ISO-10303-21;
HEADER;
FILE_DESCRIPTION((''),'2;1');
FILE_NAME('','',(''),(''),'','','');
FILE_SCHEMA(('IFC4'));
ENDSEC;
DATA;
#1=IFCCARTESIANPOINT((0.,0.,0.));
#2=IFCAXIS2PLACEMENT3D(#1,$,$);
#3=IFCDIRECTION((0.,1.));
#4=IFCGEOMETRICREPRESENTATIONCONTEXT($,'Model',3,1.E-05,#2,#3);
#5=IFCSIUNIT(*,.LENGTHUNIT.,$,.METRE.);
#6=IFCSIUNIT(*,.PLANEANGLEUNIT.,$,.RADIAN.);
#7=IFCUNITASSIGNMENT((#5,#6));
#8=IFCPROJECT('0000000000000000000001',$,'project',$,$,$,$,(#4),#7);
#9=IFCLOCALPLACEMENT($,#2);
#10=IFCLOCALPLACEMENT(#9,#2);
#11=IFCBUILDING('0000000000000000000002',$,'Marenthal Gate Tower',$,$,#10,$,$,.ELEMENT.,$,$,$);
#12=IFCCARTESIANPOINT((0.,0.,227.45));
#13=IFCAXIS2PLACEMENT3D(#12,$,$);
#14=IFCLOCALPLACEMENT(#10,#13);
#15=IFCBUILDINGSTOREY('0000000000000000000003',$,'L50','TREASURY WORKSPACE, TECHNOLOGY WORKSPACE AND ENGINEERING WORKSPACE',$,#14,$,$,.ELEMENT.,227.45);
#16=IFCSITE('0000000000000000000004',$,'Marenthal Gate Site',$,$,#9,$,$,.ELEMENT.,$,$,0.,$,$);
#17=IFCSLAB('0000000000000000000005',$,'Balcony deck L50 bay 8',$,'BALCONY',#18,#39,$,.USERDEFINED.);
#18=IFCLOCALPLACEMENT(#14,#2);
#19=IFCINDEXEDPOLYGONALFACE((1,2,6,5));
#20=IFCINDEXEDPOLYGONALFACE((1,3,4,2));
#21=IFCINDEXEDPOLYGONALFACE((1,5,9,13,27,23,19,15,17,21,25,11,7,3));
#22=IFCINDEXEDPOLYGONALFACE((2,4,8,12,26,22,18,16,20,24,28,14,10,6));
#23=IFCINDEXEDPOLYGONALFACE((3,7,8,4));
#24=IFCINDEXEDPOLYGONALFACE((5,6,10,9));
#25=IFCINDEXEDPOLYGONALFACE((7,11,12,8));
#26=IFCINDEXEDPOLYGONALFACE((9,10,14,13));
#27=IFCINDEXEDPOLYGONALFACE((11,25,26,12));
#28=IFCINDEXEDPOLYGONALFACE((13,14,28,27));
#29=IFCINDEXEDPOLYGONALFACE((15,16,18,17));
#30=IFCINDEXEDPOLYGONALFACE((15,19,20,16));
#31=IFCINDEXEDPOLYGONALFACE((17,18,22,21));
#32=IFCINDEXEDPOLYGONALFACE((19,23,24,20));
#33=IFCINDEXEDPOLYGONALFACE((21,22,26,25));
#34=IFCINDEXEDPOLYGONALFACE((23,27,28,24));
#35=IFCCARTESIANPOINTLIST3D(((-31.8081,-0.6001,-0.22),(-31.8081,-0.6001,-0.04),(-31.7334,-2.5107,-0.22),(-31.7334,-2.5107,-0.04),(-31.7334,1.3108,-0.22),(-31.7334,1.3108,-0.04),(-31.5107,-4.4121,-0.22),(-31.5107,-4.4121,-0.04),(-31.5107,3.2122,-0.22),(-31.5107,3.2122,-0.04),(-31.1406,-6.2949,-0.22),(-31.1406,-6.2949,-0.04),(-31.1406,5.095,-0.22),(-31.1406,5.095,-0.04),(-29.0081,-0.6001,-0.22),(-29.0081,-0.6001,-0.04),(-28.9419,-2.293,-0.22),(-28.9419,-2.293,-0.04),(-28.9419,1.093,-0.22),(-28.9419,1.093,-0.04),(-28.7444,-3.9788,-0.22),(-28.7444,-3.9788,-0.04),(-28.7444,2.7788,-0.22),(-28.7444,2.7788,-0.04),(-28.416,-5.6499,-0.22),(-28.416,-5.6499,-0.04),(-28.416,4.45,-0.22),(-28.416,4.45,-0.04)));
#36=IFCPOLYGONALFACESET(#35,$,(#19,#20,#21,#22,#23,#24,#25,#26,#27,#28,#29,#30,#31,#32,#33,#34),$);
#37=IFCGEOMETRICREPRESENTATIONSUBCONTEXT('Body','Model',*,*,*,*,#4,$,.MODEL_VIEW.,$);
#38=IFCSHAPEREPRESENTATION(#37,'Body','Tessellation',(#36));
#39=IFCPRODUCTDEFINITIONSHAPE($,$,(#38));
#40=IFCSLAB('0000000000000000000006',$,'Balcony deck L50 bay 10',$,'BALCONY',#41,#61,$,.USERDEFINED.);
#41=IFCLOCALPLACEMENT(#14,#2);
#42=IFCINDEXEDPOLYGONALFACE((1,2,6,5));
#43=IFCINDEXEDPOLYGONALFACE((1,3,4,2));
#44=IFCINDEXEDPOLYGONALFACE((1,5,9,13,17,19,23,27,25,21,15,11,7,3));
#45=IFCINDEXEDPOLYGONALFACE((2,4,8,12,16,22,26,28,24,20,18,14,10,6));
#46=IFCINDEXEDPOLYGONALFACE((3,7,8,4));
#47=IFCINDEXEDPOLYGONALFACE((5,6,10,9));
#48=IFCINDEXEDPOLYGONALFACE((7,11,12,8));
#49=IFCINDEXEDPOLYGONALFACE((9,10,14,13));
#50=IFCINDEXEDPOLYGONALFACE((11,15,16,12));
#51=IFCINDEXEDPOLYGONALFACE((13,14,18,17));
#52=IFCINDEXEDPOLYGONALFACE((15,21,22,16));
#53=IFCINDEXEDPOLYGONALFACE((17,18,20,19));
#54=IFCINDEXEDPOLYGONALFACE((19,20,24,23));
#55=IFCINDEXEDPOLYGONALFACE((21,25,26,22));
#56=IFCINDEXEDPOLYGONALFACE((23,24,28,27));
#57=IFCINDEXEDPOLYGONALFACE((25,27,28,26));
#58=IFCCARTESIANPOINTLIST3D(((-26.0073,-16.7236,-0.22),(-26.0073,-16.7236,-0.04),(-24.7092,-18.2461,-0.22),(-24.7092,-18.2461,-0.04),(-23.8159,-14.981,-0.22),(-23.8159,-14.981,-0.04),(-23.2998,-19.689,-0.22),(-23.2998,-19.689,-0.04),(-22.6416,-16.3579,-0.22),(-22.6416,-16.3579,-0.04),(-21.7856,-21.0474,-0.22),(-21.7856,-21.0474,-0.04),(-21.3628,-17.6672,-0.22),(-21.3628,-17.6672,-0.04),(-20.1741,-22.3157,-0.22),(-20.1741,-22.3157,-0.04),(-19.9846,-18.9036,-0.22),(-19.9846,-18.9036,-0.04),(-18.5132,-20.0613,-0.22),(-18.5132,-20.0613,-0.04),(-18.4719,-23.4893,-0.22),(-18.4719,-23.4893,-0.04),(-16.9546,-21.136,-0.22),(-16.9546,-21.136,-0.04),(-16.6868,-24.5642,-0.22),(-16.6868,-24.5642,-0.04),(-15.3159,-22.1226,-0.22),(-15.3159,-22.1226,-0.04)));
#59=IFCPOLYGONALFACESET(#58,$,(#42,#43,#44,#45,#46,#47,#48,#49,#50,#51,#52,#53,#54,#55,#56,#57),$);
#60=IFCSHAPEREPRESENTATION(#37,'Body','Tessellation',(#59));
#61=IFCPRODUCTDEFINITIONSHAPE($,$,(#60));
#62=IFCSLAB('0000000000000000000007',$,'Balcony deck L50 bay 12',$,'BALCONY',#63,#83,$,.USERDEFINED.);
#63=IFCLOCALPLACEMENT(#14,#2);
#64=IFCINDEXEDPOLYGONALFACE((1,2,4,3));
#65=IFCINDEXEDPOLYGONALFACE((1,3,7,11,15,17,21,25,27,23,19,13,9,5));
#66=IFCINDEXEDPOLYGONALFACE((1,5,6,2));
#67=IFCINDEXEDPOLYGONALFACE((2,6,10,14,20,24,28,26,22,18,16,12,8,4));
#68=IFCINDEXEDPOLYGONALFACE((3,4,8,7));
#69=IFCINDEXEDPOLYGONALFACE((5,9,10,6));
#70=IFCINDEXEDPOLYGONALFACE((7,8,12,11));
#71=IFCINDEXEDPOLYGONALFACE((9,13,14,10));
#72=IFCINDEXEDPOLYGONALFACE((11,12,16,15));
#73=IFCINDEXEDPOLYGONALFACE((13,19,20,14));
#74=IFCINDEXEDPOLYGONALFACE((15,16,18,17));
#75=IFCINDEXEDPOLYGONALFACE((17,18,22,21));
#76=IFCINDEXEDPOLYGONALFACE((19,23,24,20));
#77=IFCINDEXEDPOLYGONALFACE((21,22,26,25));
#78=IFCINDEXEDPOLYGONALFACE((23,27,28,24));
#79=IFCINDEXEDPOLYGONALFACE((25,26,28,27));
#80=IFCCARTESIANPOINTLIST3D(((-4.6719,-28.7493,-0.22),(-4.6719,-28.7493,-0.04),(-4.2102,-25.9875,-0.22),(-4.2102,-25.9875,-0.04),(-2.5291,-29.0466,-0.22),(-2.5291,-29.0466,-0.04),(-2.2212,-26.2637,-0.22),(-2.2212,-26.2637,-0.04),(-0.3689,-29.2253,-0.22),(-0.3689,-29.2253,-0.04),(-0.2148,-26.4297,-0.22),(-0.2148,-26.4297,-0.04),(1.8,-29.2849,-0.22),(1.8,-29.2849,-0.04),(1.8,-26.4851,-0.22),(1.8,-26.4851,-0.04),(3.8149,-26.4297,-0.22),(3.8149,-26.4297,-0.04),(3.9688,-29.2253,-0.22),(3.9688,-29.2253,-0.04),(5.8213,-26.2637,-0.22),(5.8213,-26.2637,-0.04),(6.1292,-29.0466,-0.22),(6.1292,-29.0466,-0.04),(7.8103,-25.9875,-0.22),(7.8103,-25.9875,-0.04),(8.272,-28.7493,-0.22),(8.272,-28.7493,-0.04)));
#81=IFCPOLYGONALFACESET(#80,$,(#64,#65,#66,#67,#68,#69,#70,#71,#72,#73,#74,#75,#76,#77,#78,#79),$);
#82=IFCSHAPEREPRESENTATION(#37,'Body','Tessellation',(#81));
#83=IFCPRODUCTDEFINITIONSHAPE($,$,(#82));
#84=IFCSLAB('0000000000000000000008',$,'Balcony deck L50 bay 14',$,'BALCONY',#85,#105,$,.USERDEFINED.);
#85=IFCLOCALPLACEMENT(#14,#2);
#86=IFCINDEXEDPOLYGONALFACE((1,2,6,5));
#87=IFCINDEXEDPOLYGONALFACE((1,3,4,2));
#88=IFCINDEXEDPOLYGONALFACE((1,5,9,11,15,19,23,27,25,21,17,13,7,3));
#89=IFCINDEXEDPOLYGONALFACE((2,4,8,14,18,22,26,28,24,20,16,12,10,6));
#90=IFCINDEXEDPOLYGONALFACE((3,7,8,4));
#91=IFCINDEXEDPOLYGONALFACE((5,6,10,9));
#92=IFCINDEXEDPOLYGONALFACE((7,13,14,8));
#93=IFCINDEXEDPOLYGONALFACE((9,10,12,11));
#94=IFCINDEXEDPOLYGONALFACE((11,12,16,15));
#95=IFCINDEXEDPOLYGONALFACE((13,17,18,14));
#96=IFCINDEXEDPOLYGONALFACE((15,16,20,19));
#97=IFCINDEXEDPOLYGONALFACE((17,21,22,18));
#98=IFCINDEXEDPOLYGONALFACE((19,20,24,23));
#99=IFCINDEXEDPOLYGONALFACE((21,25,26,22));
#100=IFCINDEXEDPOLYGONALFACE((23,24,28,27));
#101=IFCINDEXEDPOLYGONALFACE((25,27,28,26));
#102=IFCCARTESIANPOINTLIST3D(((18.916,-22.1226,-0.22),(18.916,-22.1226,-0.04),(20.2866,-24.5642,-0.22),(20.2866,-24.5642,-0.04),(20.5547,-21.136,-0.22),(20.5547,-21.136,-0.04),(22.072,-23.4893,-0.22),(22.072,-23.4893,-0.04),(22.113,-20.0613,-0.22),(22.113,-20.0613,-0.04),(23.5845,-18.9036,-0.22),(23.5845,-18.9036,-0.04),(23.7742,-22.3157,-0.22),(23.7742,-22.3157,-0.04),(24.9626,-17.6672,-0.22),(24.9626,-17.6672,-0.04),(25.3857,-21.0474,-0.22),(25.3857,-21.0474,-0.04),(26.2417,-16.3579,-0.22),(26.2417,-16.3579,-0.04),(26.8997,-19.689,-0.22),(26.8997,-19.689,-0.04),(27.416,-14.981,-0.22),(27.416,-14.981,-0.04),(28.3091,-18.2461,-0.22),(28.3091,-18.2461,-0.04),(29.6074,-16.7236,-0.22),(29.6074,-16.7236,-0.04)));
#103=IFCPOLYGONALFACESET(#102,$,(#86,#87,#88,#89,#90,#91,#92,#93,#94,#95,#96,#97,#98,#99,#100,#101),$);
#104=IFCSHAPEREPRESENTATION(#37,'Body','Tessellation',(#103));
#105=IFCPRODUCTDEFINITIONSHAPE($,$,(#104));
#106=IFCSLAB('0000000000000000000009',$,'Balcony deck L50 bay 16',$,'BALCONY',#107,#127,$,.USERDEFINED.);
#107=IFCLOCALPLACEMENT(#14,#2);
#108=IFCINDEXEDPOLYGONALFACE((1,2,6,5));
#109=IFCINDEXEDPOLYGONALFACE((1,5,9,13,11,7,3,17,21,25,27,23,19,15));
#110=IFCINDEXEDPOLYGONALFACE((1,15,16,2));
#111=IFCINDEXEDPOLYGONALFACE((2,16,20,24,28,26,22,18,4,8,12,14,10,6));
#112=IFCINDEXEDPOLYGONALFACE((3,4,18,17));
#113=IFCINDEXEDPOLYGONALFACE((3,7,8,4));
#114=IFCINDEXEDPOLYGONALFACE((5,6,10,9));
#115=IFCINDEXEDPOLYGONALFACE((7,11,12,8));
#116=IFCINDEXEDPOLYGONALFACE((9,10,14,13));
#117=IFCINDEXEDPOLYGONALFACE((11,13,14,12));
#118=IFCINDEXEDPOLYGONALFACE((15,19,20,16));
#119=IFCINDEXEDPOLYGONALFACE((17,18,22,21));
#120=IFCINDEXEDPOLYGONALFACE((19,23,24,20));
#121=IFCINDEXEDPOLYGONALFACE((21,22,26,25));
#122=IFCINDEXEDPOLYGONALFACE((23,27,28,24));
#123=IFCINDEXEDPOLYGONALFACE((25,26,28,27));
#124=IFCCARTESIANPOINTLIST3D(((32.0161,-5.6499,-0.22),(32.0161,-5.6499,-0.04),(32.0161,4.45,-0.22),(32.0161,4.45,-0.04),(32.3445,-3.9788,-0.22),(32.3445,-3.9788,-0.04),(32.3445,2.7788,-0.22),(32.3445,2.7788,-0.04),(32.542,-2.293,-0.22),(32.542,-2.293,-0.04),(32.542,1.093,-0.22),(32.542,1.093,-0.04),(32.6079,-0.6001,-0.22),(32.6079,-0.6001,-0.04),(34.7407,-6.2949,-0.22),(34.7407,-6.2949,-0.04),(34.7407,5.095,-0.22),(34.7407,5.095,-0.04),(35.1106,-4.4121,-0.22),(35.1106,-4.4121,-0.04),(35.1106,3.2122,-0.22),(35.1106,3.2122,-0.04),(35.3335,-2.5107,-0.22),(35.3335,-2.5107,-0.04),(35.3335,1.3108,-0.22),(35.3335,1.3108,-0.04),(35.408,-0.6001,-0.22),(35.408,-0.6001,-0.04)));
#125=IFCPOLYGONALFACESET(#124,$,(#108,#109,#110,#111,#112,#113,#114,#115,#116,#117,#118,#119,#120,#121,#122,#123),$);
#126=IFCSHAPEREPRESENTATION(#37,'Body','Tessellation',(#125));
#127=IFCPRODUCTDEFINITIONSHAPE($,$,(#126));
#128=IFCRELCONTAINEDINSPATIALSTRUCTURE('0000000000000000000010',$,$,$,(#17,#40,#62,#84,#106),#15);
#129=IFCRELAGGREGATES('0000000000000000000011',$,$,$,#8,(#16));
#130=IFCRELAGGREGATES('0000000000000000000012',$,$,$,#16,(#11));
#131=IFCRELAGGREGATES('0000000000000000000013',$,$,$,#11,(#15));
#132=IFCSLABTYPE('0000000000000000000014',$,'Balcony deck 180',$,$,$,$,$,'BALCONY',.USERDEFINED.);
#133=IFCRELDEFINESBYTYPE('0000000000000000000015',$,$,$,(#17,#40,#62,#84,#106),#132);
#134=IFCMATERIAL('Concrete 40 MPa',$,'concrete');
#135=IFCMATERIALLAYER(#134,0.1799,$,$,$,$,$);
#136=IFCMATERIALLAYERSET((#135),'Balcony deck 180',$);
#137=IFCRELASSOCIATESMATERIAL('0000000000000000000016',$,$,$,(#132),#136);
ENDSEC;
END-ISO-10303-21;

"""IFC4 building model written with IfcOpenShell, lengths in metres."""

from ifc_helpers import new_model, si_unit, direction, frame, origin, place, context, subcontext, project, spatial, polyline, outline, extrude, material, layer, layer_set, type_object, element, save


model = new_model("IFC4")

# Units and contexts
model_context = context("Model", 3, precision=1e-05, world=origin(), true_north=direction((0.0, 1.0)))
body_context = subcontext(model_context, "Body", "Model", "MODEL_VIEW")
ifc_project = project(units=[si_unit("LENGTHUNIT", "METRE"), si_unit("PLANEANGLEUNIT", "RADIAN")], contexts=[model_context])

# Site, building, storey
site_placement = place(None, origin())
site = spatial("IfcSite", under=ifc_project, at=site_placement, Name="Marenthal Gate Site", CompositionType="ELEMENT", RefElevation=0.0)
building_placement = place(site_placement, origin())
building = spatial("IfcBuilding", under=site, at=building_placement, Name="Marenthal Gate Tower", CompositionType="ELEMENT")
storey_placement = place(building_placement, frame((0.0, 0.0, 227.45)))
storey = spatial("IfcBuildingStorey", under=building, at=storey_placement, Name="L50", Description="TREASURY WORKSPACE, TECHNOLOGY WORKSPACE AND ENGINEERING WORKSPACE", CompositionType="ELEMENT", Elevation=227.45)

# Slabs
ifc_material_1 = material(Name="Concrete 40 MPa", Category="concrete")
ifc_layer_1 = layer(ifc_material_1, 0.1799)
ifc_layer_set_1 = layer_set([ifc_layer_1], Name="Balcony deck 180")
slab_type_1 = type_object("IfcSlabType", Name="Balcony deck 180", ElementType="BALCONY", PredefinedType="USERDEFINED", material=ifc_layer_set_1)
slab_1_placement = place(storey_placement, frame((0.0, 0.0, -0.22)))
element("IfcSlab", 1, at=slab_1_placement, inside=storey, type_object=slab_type_1, Name="Balcony deck L50 bay 8", ObjectType="BALCONY", PredefinedType="USERDEFINED", context=body_context, shape_type="SweptSolid", body=[
    extrude(outline(polyline([(-28.416, 4.45), (-28.7444, 2.7788), (-28.9419, 1.093), (-29.0081, -0.6001), (-28.9419, -2.293), (-28.7444, -3.9788), (-28.416, -5.6499), (-31.1406, -6.2949), (-31.5107, -4.4121), (-31.7334, -2.5107), (-31.8081, -0.6001), (-31.7334, 1.3108), (-31.5107, 3.2122), (-31.1406, 5.095), (-28.416, 4.45)])), origin(), (0.0, 0.0, 1.0), 0.1799),
])
slab_2_placement = place(storey_placement, frame((0.0, 0.0, -0.22)))
element("IfcSlab", 2, at=slab_2_placement, inside=storey, type_object=slab_type_1, Name="Balcony deck L50 bay 10", ObjectType="BALCONY", PredefinedType="USERDEFINED", context=body_context, shape_type="SweptSolid", body=[
    extrude(outline(polyline([(-23.8159, -14.981), (-22.6416, -16.3579), (-21.3628, -17.6672), (-19.9846, -18.9036), (-18.5132, -20.0613), (-16.9546, -21.136), (-15.3159, -22.1226), (-16.6868, -24.5642), (-18.4719, -23.4893), (-20.1741, -22.3157), (-21.7856, -21.0474), (-23.2998, -19.689), (-24.7092, -18.2461), (-26.0073, -16.7236), (-23.8159, -14.981)])), origin(), (0.0, 0.0, 1.0), 0.1799),
])
slab_3_placement = place(storey_placement, frame((0.0, 0.0, -0.22)))
element("IfcSlab", 3, at=slab_3_placement, inside=storey, type_object=slab_type_1, Name="Balcony deck L50 bay 12", ObjectType="BALCONY", PredefinedType="USERDEFINED", context=body_context, shape_type="SweptSolid", body=[
    extrude(outline(polyline([(-4.2102, -25.9875), (-2.2212, -26.2637), (-0.2148, -26.4297), (1.8, -26.4851), (3.8149, -26.4297), (5.8213, -26.2637), (7.8103, -25.9875), (8.272, -28.7493), (6.1292, -29.0466), (3.9688, -29.2253), (1.8, -29.2849), (-0.3689, -29.2253), (-2.5291, -29.0466), (-4.6719, -28.7493), (-4.2102, -25.9875)])), origin(), (0.0, 0.0, 1.0), 0.1799),
])
slab_4_placement = place(storey_placement, frame((0.0, 0.0, -0.22)))
element("IfcSlab", 4, at=slab_4_placement, inside=storey, type_object=slab_type_1, Name="Balcony deck L50 bay 14", ObjectType="BALCONY", PredefinedType="USERDEFINED", context=body_context, shape_type="SweptSolid", body=[
    extrude(outline(polyline([(18.916, -22.1226), (20.5547, -21.136), (22.113, -20.0613), (23.5845, -18.9036), (24.9626, -17.6672), (26.2417, -16.3579), (27.416, -14.981), (29.6074, -16.7236), (28.3091, -18.2461), (26.8997, -19.689), (25.3857, -21.0474), (23.7742, -22.3157), (22.072, -23.4893), (20.2866, -24.5642), (18.916, -22.1226)])), origin(), (0.0, 0.0, 1.0), 0.1799),
])
slab_5_placement = place(storey_placement, frame((0.0, 0.0, -0.22)))
element("IfcSlab", 5, at=slab_5_placement, inside=storey, type_object=slab_type_1, Name="Balcony deck L50 bay 16", ObjectType="BALCONY", PredefinedType="USERDEFINED", context=body_context, shape_type="SweptSolid", body=[
    extrude(outline(polyline([(32.0161, -5.6499), (32.3445, -3.9788), (32.542, -2.293), (32.6079, -0.6001), (32.542, 1.093), (32.3445, 2.7788), (32.0161, 4.45), (34.7407, 5.095), (35.1106, 3.2122), (35.3335, 1.3108), (35.408, -0.6001), (35.3335, -2.5107), (35.1106, -4.4121), (34.7407, -6.2949), (32.0161, -5.6499)])), origin(), (0.0, 0.0, 1.0), 0.1799),
])

save(model, "model.ifc")
